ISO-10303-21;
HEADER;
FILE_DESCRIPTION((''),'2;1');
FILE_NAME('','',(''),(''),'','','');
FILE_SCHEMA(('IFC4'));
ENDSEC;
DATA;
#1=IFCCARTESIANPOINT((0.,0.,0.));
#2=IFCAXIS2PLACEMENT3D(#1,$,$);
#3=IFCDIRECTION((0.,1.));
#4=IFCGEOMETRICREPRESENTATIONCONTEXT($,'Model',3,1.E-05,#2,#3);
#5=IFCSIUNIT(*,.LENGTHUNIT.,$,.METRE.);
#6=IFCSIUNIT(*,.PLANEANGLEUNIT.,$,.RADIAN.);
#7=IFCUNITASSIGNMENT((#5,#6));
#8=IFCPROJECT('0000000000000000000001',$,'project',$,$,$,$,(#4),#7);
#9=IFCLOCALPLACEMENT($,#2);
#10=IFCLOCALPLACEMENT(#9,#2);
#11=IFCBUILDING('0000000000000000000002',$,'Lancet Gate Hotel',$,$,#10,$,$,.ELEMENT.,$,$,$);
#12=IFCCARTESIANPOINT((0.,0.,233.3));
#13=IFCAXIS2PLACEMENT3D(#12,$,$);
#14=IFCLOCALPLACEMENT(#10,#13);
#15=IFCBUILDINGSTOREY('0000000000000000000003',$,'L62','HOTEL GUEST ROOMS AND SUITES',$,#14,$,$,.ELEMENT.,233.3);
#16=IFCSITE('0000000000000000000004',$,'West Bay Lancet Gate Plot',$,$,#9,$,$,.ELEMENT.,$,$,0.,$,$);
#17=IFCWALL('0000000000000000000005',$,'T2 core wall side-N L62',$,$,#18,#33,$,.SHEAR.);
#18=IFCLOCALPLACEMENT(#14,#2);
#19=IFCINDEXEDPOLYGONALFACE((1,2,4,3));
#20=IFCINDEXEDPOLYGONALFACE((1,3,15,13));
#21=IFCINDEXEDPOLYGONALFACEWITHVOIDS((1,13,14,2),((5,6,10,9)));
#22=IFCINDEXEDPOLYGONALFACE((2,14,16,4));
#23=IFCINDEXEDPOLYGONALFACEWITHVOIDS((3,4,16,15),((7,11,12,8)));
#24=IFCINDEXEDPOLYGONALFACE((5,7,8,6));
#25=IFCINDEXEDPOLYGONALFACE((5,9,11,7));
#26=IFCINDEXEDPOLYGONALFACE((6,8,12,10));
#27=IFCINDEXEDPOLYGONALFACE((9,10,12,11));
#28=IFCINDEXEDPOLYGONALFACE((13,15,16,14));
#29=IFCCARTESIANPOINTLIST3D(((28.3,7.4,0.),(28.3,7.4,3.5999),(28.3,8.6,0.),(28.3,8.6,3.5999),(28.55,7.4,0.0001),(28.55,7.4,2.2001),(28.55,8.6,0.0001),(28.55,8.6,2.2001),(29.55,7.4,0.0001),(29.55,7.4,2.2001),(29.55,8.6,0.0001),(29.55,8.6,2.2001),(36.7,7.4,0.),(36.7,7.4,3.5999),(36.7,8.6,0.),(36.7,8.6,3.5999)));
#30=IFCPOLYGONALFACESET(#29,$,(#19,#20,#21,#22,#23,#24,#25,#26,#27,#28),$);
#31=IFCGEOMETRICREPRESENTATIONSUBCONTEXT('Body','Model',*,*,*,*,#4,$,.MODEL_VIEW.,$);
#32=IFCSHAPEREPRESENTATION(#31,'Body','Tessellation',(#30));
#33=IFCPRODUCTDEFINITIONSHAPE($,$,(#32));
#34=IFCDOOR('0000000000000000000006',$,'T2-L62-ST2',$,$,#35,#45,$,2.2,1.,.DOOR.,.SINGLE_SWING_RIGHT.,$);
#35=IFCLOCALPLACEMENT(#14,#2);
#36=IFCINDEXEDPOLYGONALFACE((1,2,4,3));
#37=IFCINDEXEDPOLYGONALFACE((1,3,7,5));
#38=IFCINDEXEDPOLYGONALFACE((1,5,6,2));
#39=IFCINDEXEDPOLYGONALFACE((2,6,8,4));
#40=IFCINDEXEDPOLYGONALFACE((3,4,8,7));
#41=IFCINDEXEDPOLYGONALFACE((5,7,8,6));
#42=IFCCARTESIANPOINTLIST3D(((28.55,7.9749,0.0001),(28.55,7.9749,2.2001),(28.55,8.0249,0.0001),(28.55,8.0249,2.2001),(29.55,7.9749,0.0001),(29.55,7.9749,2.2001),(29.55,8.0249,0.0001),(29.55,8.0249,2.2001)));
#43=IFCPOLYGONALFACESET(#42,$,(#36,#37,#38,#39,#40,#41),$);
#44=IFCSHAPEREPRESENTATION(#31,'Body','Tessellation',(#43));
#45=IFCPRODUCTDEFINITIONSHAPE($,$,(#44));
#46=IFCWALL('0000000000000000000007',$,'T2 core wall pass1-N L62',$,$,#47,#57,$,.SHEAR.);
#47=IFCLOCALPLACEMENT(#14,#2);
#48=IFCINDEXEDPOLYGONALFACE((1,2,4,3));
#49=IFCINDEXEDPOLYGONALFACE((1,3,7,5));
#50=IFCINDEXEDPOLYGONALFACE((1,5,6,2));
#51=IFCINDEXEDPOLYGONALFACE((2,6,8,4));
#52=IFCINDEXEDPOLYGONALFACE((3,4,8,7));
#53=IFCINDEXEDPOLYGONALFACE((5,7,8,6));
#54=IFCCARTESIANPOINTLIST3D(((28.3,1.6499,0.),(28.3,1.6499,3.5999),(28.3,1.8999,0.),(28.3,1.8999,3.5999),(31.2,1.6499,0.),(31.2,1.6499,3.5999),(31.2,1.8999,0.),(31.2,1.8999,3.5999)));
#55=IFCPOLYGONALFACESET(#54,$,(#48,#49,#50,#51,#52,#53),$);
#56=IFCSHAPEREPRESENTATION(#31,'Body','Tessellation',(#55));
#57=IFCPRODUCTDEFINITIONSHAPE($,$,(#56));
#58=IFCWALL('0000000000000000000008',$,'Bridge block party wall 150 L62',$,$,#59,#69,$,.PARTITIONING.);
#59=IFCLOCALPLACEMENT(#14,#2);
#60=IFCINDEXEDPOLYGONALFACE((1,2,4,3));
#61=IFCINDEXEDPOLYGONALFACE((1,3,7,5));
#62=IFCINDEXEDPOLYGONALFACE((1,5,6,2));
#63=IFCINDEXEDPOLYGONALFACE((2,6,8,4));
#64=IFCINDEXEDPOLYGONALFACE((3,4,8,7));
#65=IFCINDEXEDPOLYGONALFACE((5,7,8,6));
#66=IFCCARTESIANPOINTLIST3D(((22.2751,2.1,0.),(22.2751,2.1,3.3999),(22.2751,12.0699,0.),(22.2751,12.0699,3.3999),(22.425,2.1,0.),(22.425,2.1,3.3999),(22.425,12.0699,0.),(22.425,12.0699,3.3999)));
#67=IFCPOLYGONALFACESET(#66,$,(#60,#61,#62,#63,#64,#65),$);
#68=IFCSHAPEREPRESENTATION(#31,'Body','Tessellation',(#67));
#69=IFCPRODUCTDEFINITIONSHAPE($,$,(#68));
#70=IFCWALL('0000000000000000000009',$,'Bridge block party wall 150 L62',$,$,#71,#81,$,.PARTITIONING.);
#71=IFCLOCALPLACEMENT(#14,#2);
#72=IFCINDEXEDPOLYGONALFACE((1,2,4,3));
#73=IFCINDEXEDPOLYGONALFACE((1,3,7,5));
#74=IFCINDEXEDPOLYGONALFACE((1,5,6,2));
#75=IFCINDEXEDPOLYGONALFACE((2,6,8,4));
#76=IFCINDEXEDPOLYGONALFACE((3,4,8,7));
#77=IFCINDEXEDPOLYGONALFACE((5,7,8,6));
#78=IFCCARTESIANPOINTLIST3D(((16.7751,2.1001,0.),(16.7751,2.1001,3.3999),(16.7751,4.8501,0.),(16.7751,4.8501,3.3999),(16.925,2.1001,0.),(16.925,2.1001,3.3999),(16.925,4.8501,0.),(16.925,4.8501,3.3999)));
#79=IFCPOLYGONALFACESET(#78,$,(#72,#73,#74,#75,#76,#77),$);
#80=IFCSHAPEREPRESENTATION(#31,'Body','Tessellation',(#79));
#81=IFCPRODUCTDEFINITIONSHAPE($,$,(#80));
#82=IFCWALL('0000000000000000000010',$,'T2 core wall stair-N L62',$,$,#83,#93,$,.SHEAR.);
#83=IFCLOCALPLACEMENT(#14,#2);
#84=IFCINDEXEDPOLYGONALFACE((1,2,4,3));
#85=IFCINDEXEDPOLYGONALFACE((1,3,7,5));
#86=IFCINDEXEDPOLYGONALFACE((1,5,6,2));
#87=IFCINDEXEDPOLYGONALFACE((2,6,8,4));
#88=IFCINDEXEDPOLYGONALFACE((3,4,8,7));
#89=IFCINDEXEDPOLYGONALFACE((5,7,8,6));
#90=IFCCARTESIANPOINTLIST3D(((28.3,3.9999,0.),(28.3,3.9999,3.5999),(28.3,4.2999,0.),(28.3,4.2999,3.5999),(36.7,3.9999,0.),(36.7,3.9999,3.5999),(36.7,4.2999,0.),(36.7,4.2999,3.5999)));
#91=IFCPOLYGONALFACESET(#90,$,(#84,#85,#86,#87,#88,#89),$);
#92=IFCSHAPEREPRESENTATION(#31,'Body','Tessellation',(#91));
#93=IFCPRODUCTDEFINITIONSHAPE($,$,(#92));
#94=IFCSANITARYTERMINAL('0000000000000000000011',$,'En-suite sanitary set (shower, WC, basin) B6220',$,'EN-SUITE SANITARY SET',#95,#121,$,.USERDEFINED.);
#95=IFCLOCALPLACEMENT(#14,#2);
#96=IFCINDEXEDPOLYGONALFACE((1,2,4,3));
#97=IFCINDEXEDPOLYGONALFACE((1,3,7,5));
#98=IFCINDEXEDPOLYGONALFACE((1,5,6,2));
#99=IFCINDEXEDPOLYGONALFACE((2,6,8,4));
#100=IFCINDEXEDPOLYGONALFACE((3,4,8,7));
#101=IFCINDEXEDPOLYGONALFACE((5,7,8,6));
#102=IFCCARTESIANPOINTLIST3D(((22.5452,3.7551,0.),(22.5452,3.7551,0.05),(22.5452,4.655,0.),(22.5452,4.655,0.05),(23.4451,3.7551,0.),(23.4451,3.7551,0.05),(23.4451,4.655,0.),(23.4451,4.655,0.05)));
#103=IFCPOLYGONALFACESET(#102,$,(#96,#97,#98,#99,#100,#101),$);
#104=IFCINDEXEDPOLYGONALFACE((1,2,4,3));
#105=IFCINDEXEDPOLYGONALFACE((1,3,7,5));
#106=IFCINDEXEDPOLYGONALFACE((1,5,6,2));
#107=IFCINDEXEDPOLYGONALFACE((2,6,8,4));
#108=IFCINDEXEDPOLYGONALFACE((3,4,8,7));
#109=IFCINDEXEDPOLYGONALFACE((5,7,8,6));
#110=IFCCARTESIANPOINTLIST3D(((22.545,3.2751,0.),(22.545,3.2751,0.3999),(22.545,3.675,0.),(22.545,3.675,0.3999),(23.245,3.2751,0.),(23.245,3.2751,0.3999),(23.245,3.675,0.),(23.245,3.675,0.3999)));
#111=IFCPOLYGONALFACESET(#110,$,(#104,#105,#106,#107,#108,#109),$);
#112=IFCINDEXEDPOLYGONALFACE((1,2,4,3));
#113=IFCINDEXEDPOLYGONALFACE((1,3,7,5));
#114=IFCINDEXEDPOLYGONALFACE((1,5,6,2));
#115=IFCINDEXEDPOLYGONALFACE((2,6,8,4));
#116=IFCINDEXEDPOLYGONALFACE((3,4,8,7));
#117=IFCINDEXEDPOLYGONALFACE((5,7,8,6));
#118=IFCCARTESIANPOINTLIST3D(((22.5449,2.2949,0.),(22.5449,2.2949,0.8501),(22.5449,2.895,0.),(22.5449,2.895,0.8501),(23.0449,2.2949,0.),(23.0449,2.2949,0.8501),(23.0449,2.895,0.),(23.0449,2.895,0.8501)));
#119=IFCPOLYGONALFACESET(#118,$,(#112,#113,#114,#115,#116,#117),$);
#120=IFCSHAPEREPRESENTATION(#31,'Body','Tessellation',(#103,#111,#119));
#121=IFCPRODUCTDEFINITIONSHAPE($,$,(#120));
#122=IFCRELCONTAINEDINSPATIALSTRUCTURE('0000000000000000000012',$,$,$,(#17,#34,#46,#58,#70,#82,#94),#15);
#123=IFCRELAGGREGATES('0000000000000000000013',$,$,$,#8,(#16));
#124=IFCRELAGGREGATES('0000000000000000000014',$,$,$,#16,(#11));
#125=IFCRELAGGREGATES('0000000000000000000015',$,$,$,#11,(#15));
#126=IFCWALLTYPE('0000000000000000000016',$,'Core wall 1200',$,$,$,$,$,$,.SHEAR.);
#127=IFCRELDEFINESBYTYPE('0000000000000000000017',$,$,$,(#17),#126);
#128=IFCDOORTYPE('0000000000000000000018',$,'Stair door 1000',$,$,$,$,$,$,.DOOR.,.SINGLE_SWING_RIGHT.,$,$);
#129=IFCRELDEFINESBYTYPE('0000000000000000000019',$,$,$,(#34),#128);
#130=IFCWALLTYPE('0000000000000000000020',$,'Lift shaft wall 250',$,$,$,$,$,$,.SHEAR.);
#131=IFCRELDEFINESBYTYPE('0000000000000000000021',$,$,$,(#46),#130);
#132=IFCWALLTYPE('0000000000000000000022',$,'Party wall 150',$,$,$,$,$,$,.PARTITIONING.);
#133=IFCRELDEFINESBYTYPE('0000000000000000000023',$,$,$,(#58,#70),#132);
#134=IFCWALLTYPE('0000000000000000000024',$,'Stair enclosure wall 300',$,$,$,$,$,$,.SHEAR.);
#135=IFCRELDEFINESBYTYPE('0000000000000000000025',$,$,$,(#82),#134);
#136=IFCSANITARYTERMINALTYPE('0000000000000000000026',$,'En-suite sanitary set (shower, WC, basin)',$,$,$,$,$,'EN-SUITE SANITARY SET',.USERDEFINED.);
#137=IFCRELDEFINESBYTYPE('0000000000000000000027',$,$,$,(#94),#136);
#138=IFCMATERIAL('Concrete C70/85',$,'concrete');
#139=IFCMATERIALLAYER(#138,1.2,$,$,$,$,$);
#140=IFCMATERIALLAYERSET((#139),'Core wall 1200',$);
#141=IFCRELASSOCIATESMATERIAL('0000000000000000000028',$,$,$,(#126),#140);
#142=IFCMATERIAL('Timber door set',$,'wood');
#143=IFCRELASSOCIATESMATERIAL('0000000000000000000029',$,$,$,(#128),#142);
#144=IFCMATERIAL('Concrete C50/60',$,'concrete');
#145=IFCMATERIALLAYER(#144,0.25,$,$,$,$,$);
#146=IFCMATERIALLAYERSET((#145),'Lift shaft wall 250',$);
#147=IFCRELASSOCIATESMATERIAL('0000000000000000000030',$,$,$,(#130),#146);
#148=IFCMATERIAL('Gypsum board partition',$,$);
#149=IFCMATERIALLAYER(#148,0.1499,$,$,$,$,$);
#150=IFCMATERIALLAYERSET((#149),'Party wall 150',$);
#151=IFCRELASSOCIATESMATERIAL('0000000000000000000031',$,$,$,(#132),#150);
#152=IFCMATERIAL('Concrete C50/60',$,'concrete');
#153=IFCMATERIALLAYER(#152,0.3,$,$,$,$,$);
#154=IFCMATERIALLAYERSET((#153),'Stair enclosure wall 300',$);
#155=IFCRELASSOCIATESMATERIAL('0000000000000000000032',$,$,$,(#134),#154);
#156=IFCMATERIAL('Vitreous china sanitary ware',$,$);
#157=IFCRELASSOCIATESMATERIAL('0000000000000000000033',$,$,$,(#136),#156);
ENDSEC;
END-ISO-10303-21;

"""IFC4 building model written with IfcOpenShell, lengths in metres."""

from ifc_helpers import new_model, si_unit, direction, frame, frame_2d, origin, origin_2d, place, context, subcontext, project, spatial, rectangle, extrude, material, layer, layer_set, type_object, element, fill, save


model = new_model("IFC4")

# Units and contexts
model_context = context("Model", 3, precision=1e-05, world=origin(), true_north=direction((0.0, 1.0)))
body_context = subcontext(model_context, "Body", "Model", "MODEL_VIEW")
ifc_project = project(units=[si_unit("LENGTHUNIT", "METRE"), si_unit("PLANEANGLEUNIT", "RADIAN")], contexts=[model_context])

# Site, building, storey
site_placement = place(None, origin())
site = spatial("IfcSite", under=ifc_project, at=site_placement, Name="West Bay Lancet Gate Plot", CompositionType="ELEMENT", RefElevation=0.0)
building_placement = place(site_placement, origin())
building = spatial("IfcBuilding", under=site, at=building_placement, Name="Lancet Gate Hotel", CompositionType="ELEMENT")
storey_placement = place(building_placement, frame((0.0, 0.0, 233.3)))
storey = spatial("IfcBuildingStorey", under=building, at=storey_placement, Name="L62", Description="HOTEL GUEST ROOMS AND SUITES", CompositionType="ELEMENT", Elevation=233.3)

# Wall, opening, door
ifc_material_1 = material(Name="Concrete C70/85", Category="concrete")
ifc_layer_1 = layer(ifc_material_1, 1.2)
ifc_layer_set_1 = layer_set([ifc_layer_1], Name="Core wall 1200")
wall_type_1 = type_object("IfcWallType", Name="Core wall 1200", PredefinedType="SHEAR", material=ifc_layer_set_1)
wall_1_placement = place(storey_placement, frame((28.3, 8.0, 0.0), z_axis=(0.0, 0.0, 1.0), x_axis=(1.0, 0.0, 0.0)))
wall_1 = element("IfcWall", 1, at=wall_1_placement, inside=storey, type_object=wall_type_1, Name="T2 core wall side-N L62", PredefinedType="SHEAR", context=body_context, shape_type="SweptSolid", body=[
    extrude(rectangle(XDim=8.3999, YDim=1.2, at=frame_2d((4.2, 0.0))), origin(), (0.0, 0.0, 1.0), 3.5999),
])
opening_1_placement = place(wall_1_placement, frame((0.25, 0.0, 0.0)))
opening_1 = element("IfcOpeningElement", 2, at=opening_1_placement, cuts=wall_1, PredefinedType="OPENING", context=body_context, shape_type="SweptSolid", body=[
    extrude(rectangle(XDim=1.0, YDim=2.2, at=frame_2d((0.5, 1.1001))), frame((0.0, 0.6099, 0.0), z_axis=(0.0, -1.0, 0.0), x_axis=(1.0, 0.0, 0.0)), (0.0, 0.0, 1.0), 1.22),
])
ifc_material_2 = material(Name="Timber door set", Category="wood")
door_type_1 = type_object("IfcDoorType", Name="Stair door 1000", OperationType="SINGLE_SWING_RIGHT", PredefinedType="DOOR", material=ifc_material_2)
door_1_placement = place(opening_1_placement, origin())
door_1 = element("IfcDoor", 3, at=door_1_placement, inside=storey, type_object=door_type_1, Name="T2-L62-ST2", OperationType="SINGLE_SWING_RIGHT", OverallHeight=2.2, OverallWidth=1.0, PredefinedType="DOOR", context=body_context, shape_type="SweptSolid", body=[
    extrude(rectangle(XDim=1.0, YDim=2.2, at=frame_2d((0.5, 1.1001))), frame((0.0, 0.0249, 0.0), z_axis=(0.0, -1.0, 0.0), x_axis=(1.0, 0.0, 0.0)), (0.0, 0.0, 1.0), 0.05),
])
fill(opening_1, door_1)

# Walls
ifc_material_3 = material(Name="Concrete C50/60", Category="concrete")
ifc_layer_2 = layer(ifc_material_3, 0.25)
ifc_layer_set_2 = layer_set([ifc_layer_2], Name="Lift shaft wall 250")
wall_type_2 = type_object("IfcWallType", Name="Lift shaft wall 250", PredefinedType="SHEAR", material=ifc_layer_set_2)
wall_2_placement = place(storey_placement, frame((28.3, 1.7749, 0.0), z_axis=(0.0, 0.0, 1.0), x_axis=(1.0, 0.0, 0.0)))
element("IfcWall", 4, at=wall_2_placement, inside=storey, type_object=wall_type_2, Name="T2 core wall pass1-N L62", PredefinedType="SHEAR", context=body_context, shape_type="SweptSolid", body=[
    extrude(rectangle(XDim=2.8999, YDim=0.25, at=frame_2d((1.45, 0.0))), origin(), (0.0, 0.0, 1.0), 3.5999),
])
ifc_material_4 = material(Name="Gypsum board partition")
ifc_layer_3 = layer(ifc_material_4, 0.1499)
ifc_layer_set_3 = layer_set([ifc_layer_3], Name="Party wall 150")
wall_type_3 = type_object("IfcWallType", Name="Party wall 150", PredefinedType="PARTITIONING", material=ifc_layer_set_3)
wall_3_placement = place(storey_placement, frame((22.3501, 2.1001, 0.0), z_axis=(0.0, 0.0, 1.0), x_axis=(0.0, 1.0, 0.0)))
element("IfcWall", 5, at=wall_3_placement, inside=storey, type_object=wall_type_3, Name="Bridge block party wall 150 L62", PredefinedType="PARTITIONING", context=body_context, shape_type="SweptSolid", body=[
    extrude(rectangle(XDim=9.97, YDim=0.1499, at=frame_2d((4.9849, 0.0))), origin(), (0.0, 0.0, 1.0), 3.3999),
])
wall_4_placement = place(storey_placement, frame((16.8501, 2.1001, 0.0), z_axis=(0.0, 0.0, 1.0), x_axis=(0.0, 1.0, 0.0)))
element("IfcWall", 6, at=wall_4_placement, inside=storey, type_object=wall_type_3, Name="Bridge block party wall 150 L62", PredefinedType="PARTITIONING", context=body_context, shape_type="SweptSolid", body=[
    extrude(rectangle(XDim=2.75, YDim=0.1499, at=frame_2d((1.375, 0.0))), origin(), (0.0, 0.0, 1.0), 3.3999),
])
ifc_material_5 = material(Name="Concrete C50/60", Category="concrete")
ifc_layer_4 = layer(ifc_material_5, 0.3)
ifc_layer_set_4 = layer_set([ifc_layer_4], Name="Stair enclosure wall 300")
wall_type_4 = type_object("IfcWallType", Name="Stair enclosure wall 300", PredefinedType="SHEAR", material=ifc_layer_set_4)
wall_5_placement = place(storey_placement, frame((28.3, 4.1499, 0.0), z_axis=(0.0, 0.0, 1.0), x_axis=(1.0, 0.0, 0.0)))
element("IfcWall", 7, at=wall_5_placement, inside=storey, type_object=wall_type_4, Name="T2 core wall stair-N L62", PredefinedType="SHEAR", context=body_context, shape_type="SweptSolid", body=[
    extrude(rectangle(XDim=8.3999, YDim=0.3, at=frame_2d((4.2, 0.0))), origin(), (0.0, 0.0, 1.0), 3.5999),
])

# Sanitary terminal
ifc_material_6 = material(Name="Vitreous china sanitary ware")
sanitary_terminal_type = type_object("IfcSanitaryTerminalType", Name="En-suite sanitary set (shower, WC, basin)", ElementType="EN-SUITE SANITARY SET", PredefinedType="USERDEFINED", material=ifc_material_6)
sanitary_terminal_placement = place(storey_placement, frame((22.9951, 4.2051, 0.0), z_axis=(0.0, 0.0, 1.0), x_axis=(1.0, 0.0, 0.0)))
element("IfcSanitaryTerminal", 8, at=sanitary_terminal_placement, inside=storey, type_object=sanitary_terminal_type, Name="En-suite sanitary set (shower, WC, basin) B6220", ObjectType="EN-SUITE SANITARY SET", PredefinedType="USERDEFINED", context=body_context, shape_type="SweptSolid", body=[
    extrude(rectangle(XDim=0.8999, YDim=0.8999, at=origin_2d()), frame((0.0, 0.0, 0.0), z_axis=(0.0, 0.0, 1.0), x_axis=(0.0, 1.0, 0.0)), (0.0, 0.0, 1.0), 0.05),
    extrude(rectangle(XDim=0.3999, YDim=0.7, at=origin_2d()), frame((-0.1001, -0.73, 0.0), z_axis=(0.0, 0.0, 1.0), x_axis=(0.0, 1.0, 0.0)), (0.0, 0.0, 1.0), 0.3999),
    extrude(rectangle(XDim=0.6001, YDim=0.5, at=origin_2d()), frame((-0.2002, -1.6101, 0.0), z_axis=(0.0, 0.0, 1.0), x_axis=(0.0, 1.0, 0.0)), (0.0, 0.0, 1.0), 0.8501),
])

save(model, "model.ifc")
